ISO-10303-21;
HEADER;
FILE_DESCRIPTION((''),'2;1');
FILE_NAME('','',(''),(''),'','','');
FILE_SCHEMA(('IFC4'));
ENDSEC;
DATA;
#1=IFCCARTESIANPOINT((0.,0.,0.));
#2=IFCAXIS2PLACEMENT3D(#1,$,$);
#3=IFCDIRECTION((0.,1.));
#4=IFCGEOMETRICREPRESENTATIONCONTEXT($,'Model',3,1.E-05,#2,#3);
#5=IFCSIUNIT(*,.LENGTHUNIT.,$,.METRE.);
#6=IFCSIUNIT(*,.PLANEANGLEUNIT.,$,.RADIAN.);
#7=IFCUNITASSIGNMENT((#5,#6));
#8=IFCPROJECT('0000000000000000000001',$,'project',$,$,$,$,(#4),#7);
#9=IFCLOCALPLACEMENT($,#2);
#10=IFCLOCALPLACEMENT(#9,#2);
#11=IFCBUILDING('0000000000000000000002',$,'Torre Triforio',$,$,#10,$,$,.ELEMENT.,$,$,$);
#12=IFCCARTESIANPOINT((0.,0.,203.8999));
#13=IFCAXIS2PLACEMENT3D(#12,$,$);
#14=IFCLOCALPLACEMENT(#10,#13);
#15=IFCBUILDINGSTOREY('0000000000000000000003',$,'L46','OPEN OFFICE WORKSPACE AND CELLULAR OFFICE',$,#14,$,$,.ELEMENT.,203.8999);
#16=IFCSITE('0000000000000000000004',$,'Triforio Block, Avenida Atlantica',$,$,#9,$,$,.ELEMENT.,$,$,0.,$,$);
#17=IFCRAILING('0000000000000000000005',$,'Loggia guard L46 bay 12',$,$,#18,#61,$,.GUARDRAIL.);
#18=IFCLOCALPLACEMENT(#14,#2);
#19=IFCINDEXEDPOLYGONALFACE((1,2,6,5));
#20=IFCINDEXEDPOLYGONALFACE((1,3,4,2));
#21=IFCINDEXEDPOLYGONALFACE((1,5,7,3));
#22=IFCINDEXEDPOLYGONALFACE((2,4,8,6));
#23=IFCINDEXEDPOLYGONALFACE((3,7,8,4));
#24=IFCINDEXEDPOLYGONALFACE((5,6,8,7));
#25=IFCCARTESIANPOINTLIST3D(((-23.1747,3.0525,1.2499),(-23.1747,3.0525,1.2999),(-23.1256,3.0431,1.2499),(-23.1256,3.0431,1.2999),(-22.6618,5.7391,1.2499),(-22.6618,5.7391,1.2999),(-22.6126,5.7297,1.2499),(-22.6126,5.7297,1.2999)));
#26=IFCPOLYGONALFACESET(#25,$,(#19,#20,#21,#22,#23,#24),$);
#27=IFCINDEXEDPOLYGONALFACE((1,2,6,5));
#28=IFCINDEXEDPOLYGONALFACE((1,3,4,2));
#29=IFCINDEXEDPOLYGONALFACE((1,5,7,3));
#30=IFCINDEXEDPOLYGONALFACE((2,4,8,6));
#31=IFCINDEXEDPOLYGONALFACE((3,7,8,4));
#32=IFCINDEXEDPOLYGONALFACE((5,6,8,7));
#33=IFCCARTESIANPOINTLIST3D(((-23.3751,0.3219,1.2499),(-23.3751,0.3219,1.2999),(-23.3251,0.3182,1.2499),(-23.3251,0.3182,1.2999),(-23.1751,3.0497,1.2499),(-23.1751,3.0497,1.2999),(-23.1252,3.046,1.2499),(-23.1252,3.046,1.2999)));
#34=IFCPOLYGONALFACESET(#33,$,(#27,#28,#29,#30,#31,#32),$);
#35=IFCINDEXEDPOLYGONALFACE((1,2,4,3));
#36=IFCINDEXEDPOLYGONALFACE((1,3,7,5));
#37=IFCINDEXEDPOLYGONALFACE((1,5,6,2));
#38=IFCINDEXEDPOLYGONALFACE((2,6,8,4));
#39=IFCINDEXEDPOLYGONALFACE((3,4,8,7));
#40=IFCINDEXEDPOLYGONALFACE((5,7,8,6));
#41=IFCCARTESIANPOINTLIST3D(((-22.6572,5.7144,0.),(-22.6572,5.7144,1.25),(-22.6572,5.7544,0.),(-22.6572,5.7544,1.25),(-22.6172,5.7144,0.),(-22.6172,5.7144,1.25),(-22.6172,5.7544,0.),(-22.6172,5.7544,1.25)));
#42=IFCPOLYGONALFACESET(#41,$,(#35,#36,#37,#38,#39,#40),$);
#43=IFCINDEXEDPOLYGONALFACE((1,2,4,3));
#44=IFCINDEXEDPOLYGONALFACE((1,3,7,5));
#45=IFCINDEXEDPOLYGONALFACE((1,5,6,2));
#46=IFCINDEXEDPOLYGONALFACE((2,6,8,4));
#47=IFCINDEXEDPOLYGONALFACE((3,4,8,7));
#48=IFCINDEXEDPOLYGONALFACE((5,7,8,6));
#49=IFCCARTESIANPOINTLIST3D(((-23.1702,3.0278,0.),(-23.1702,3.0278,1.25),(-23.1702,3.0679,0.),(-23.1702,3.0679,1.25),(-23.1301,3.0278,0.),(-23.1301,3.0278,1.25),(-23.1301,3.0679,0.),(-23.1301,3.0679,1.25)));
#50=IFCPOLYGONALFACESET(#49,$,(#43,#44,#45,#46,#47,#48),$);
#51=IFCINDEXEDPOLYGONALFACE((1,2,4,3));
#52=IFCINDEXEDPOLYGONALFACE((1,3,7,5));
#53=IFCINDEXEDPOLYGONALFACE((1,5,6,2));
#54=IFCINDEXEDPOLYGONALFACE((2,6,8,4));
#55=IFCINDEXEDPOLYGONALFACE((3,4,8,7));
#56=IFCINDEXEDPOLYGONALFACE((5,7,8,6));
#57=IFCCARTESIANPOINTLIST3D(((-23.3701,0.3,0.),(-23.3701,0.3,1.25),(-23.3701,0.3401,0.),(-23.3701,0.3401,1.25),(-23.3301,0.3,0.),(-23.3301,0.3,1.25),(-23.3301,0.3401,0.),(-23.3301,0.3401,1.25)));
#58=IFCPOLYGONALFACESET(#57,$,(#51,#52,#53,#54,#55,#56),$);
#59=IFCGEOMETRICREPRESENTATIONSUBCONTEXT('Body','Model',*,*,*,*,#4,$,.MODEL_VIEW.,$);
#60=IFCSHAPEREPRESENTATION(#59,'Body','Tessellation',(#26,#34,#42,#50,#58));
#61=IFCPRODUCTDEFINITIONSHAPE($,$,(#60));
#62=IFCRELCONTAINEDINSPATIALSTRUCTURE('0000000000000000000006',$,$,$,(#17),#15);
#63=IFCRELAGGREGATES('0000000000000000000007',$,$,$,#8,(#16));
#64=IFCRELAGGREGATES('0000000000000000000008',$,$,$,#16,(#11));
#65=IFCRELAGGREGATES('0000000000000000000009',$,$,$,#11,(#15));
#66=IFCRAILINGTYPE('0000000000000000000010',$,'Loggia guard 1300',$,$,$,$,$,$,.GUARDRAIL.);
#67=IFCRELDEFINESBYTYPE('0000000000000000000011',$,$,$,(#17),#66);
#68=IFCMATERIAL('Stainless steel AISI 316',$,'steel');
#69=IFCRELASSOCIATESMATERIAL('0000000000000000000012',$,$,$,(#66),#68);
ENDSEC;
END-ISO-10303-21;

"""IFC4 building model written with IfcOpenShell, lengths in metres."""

from ifc_helpers import new_model, si_unit, direction, frame, origin, origin_2d, place, context, subcontext, project, spatial, rectangle, extrude, material, type_object, element, save


model = new_model("IFC4")

# Units and contexts
model_context = context("Model", 3, precision=1e-05, world=origin(), true_north=direction((0.0, 1.0)))
body_context = subcontext(model_context, "Body", "Model", "MODEL_VIEW")
ifc_project = project(units=[si_unit("LENGTHUNIT", "METRE"), si_unit("PLANEANGLEUNIT", "RADIAN")], contexts=[model_context])

# Site, building, storey
site_placement = place(None, origin())
site = spatial("IfcSite", under=ifc_project, at=site_placement, Name="Triforio Block, Avenida Atlantica", CompositionType="ELEMENT", RefElevation=0.0)
building_placement = place(site_placement, origin())
building = spatial("IfcBuilding", under=site, at=building_placement, Name="Torre Triforio", CompositionType="ELEMENT")
storey_placement = place(building_placement, frame((0.0, 0.0, 203.8999)))
storey = spatial("IfcBuildingStorey", under=building, at=storey_placement, Name="L46", Description="OPEN OFFICE WORKSPACE AND CELLULAR OFFICE", CompositionType="ELEMENT", Elevation=203.8999)

# Railing
ifc_material_1 = material(Name="Stainless steel AISI 316", Category="steel")
railing_type = type_object("IfcRailingType", Name="Loggia guard 1300", PredefinedType="GUARDRAIL", material=ifc_material_1)
railing_placement = place(storey_placement, frame((-22.6372, 5.7344, 0.0)))
element("IfcRailing", 1, at=railing_placement, inside=storey, type_object=railing_type, Name="Loggia guard L46 bay 12", PredefinedType="GUARDRAIL", context=body_context, shape_type="SweptSolid", body=[
    extrude(rectangle(XDim=0.05, YDim=0.05, at=origin_2d()), frame((0.0, 0.0, 1.2749), z_axis=(-0.187543, -0.982256, 0.0), x_axis=(0.982256, -0.187543, 0.0)), (0.0, 0.0, 1.0), 2.7351),
    extrude(rectangle(XDim=0.05, YDim=0.05, at=origin_2d()), frame((-0.5129, -2.6865, 1.2749), z_axis=(-0.073106, -0.997324, 0.0), x_axis=(0.997324, -0.073106, 0.0)), (0.0, 0.0, 1.0), 2.7351),
    extrude(rectangle(XDim=0.04, YDim=0.04, at=origin_2d()), origin(), (0.0, 0.0, 1.0), 1.25),
    extrude(rectangle(XDim=0.04, YDim=0.04, at=origin_2d()), frame((-0.5129, -2.6865, 0.0)), (0.0, 0.0, 1.0), 1.25),
    extrude(rectangle(XDim=0.04, YDim=0.04, at=origin_2d()), frame((-0.7129, -5.4143, 0.0)), (0.0, 0.0, 1.0), 1.25),
])

save(model, "model.ifc")
